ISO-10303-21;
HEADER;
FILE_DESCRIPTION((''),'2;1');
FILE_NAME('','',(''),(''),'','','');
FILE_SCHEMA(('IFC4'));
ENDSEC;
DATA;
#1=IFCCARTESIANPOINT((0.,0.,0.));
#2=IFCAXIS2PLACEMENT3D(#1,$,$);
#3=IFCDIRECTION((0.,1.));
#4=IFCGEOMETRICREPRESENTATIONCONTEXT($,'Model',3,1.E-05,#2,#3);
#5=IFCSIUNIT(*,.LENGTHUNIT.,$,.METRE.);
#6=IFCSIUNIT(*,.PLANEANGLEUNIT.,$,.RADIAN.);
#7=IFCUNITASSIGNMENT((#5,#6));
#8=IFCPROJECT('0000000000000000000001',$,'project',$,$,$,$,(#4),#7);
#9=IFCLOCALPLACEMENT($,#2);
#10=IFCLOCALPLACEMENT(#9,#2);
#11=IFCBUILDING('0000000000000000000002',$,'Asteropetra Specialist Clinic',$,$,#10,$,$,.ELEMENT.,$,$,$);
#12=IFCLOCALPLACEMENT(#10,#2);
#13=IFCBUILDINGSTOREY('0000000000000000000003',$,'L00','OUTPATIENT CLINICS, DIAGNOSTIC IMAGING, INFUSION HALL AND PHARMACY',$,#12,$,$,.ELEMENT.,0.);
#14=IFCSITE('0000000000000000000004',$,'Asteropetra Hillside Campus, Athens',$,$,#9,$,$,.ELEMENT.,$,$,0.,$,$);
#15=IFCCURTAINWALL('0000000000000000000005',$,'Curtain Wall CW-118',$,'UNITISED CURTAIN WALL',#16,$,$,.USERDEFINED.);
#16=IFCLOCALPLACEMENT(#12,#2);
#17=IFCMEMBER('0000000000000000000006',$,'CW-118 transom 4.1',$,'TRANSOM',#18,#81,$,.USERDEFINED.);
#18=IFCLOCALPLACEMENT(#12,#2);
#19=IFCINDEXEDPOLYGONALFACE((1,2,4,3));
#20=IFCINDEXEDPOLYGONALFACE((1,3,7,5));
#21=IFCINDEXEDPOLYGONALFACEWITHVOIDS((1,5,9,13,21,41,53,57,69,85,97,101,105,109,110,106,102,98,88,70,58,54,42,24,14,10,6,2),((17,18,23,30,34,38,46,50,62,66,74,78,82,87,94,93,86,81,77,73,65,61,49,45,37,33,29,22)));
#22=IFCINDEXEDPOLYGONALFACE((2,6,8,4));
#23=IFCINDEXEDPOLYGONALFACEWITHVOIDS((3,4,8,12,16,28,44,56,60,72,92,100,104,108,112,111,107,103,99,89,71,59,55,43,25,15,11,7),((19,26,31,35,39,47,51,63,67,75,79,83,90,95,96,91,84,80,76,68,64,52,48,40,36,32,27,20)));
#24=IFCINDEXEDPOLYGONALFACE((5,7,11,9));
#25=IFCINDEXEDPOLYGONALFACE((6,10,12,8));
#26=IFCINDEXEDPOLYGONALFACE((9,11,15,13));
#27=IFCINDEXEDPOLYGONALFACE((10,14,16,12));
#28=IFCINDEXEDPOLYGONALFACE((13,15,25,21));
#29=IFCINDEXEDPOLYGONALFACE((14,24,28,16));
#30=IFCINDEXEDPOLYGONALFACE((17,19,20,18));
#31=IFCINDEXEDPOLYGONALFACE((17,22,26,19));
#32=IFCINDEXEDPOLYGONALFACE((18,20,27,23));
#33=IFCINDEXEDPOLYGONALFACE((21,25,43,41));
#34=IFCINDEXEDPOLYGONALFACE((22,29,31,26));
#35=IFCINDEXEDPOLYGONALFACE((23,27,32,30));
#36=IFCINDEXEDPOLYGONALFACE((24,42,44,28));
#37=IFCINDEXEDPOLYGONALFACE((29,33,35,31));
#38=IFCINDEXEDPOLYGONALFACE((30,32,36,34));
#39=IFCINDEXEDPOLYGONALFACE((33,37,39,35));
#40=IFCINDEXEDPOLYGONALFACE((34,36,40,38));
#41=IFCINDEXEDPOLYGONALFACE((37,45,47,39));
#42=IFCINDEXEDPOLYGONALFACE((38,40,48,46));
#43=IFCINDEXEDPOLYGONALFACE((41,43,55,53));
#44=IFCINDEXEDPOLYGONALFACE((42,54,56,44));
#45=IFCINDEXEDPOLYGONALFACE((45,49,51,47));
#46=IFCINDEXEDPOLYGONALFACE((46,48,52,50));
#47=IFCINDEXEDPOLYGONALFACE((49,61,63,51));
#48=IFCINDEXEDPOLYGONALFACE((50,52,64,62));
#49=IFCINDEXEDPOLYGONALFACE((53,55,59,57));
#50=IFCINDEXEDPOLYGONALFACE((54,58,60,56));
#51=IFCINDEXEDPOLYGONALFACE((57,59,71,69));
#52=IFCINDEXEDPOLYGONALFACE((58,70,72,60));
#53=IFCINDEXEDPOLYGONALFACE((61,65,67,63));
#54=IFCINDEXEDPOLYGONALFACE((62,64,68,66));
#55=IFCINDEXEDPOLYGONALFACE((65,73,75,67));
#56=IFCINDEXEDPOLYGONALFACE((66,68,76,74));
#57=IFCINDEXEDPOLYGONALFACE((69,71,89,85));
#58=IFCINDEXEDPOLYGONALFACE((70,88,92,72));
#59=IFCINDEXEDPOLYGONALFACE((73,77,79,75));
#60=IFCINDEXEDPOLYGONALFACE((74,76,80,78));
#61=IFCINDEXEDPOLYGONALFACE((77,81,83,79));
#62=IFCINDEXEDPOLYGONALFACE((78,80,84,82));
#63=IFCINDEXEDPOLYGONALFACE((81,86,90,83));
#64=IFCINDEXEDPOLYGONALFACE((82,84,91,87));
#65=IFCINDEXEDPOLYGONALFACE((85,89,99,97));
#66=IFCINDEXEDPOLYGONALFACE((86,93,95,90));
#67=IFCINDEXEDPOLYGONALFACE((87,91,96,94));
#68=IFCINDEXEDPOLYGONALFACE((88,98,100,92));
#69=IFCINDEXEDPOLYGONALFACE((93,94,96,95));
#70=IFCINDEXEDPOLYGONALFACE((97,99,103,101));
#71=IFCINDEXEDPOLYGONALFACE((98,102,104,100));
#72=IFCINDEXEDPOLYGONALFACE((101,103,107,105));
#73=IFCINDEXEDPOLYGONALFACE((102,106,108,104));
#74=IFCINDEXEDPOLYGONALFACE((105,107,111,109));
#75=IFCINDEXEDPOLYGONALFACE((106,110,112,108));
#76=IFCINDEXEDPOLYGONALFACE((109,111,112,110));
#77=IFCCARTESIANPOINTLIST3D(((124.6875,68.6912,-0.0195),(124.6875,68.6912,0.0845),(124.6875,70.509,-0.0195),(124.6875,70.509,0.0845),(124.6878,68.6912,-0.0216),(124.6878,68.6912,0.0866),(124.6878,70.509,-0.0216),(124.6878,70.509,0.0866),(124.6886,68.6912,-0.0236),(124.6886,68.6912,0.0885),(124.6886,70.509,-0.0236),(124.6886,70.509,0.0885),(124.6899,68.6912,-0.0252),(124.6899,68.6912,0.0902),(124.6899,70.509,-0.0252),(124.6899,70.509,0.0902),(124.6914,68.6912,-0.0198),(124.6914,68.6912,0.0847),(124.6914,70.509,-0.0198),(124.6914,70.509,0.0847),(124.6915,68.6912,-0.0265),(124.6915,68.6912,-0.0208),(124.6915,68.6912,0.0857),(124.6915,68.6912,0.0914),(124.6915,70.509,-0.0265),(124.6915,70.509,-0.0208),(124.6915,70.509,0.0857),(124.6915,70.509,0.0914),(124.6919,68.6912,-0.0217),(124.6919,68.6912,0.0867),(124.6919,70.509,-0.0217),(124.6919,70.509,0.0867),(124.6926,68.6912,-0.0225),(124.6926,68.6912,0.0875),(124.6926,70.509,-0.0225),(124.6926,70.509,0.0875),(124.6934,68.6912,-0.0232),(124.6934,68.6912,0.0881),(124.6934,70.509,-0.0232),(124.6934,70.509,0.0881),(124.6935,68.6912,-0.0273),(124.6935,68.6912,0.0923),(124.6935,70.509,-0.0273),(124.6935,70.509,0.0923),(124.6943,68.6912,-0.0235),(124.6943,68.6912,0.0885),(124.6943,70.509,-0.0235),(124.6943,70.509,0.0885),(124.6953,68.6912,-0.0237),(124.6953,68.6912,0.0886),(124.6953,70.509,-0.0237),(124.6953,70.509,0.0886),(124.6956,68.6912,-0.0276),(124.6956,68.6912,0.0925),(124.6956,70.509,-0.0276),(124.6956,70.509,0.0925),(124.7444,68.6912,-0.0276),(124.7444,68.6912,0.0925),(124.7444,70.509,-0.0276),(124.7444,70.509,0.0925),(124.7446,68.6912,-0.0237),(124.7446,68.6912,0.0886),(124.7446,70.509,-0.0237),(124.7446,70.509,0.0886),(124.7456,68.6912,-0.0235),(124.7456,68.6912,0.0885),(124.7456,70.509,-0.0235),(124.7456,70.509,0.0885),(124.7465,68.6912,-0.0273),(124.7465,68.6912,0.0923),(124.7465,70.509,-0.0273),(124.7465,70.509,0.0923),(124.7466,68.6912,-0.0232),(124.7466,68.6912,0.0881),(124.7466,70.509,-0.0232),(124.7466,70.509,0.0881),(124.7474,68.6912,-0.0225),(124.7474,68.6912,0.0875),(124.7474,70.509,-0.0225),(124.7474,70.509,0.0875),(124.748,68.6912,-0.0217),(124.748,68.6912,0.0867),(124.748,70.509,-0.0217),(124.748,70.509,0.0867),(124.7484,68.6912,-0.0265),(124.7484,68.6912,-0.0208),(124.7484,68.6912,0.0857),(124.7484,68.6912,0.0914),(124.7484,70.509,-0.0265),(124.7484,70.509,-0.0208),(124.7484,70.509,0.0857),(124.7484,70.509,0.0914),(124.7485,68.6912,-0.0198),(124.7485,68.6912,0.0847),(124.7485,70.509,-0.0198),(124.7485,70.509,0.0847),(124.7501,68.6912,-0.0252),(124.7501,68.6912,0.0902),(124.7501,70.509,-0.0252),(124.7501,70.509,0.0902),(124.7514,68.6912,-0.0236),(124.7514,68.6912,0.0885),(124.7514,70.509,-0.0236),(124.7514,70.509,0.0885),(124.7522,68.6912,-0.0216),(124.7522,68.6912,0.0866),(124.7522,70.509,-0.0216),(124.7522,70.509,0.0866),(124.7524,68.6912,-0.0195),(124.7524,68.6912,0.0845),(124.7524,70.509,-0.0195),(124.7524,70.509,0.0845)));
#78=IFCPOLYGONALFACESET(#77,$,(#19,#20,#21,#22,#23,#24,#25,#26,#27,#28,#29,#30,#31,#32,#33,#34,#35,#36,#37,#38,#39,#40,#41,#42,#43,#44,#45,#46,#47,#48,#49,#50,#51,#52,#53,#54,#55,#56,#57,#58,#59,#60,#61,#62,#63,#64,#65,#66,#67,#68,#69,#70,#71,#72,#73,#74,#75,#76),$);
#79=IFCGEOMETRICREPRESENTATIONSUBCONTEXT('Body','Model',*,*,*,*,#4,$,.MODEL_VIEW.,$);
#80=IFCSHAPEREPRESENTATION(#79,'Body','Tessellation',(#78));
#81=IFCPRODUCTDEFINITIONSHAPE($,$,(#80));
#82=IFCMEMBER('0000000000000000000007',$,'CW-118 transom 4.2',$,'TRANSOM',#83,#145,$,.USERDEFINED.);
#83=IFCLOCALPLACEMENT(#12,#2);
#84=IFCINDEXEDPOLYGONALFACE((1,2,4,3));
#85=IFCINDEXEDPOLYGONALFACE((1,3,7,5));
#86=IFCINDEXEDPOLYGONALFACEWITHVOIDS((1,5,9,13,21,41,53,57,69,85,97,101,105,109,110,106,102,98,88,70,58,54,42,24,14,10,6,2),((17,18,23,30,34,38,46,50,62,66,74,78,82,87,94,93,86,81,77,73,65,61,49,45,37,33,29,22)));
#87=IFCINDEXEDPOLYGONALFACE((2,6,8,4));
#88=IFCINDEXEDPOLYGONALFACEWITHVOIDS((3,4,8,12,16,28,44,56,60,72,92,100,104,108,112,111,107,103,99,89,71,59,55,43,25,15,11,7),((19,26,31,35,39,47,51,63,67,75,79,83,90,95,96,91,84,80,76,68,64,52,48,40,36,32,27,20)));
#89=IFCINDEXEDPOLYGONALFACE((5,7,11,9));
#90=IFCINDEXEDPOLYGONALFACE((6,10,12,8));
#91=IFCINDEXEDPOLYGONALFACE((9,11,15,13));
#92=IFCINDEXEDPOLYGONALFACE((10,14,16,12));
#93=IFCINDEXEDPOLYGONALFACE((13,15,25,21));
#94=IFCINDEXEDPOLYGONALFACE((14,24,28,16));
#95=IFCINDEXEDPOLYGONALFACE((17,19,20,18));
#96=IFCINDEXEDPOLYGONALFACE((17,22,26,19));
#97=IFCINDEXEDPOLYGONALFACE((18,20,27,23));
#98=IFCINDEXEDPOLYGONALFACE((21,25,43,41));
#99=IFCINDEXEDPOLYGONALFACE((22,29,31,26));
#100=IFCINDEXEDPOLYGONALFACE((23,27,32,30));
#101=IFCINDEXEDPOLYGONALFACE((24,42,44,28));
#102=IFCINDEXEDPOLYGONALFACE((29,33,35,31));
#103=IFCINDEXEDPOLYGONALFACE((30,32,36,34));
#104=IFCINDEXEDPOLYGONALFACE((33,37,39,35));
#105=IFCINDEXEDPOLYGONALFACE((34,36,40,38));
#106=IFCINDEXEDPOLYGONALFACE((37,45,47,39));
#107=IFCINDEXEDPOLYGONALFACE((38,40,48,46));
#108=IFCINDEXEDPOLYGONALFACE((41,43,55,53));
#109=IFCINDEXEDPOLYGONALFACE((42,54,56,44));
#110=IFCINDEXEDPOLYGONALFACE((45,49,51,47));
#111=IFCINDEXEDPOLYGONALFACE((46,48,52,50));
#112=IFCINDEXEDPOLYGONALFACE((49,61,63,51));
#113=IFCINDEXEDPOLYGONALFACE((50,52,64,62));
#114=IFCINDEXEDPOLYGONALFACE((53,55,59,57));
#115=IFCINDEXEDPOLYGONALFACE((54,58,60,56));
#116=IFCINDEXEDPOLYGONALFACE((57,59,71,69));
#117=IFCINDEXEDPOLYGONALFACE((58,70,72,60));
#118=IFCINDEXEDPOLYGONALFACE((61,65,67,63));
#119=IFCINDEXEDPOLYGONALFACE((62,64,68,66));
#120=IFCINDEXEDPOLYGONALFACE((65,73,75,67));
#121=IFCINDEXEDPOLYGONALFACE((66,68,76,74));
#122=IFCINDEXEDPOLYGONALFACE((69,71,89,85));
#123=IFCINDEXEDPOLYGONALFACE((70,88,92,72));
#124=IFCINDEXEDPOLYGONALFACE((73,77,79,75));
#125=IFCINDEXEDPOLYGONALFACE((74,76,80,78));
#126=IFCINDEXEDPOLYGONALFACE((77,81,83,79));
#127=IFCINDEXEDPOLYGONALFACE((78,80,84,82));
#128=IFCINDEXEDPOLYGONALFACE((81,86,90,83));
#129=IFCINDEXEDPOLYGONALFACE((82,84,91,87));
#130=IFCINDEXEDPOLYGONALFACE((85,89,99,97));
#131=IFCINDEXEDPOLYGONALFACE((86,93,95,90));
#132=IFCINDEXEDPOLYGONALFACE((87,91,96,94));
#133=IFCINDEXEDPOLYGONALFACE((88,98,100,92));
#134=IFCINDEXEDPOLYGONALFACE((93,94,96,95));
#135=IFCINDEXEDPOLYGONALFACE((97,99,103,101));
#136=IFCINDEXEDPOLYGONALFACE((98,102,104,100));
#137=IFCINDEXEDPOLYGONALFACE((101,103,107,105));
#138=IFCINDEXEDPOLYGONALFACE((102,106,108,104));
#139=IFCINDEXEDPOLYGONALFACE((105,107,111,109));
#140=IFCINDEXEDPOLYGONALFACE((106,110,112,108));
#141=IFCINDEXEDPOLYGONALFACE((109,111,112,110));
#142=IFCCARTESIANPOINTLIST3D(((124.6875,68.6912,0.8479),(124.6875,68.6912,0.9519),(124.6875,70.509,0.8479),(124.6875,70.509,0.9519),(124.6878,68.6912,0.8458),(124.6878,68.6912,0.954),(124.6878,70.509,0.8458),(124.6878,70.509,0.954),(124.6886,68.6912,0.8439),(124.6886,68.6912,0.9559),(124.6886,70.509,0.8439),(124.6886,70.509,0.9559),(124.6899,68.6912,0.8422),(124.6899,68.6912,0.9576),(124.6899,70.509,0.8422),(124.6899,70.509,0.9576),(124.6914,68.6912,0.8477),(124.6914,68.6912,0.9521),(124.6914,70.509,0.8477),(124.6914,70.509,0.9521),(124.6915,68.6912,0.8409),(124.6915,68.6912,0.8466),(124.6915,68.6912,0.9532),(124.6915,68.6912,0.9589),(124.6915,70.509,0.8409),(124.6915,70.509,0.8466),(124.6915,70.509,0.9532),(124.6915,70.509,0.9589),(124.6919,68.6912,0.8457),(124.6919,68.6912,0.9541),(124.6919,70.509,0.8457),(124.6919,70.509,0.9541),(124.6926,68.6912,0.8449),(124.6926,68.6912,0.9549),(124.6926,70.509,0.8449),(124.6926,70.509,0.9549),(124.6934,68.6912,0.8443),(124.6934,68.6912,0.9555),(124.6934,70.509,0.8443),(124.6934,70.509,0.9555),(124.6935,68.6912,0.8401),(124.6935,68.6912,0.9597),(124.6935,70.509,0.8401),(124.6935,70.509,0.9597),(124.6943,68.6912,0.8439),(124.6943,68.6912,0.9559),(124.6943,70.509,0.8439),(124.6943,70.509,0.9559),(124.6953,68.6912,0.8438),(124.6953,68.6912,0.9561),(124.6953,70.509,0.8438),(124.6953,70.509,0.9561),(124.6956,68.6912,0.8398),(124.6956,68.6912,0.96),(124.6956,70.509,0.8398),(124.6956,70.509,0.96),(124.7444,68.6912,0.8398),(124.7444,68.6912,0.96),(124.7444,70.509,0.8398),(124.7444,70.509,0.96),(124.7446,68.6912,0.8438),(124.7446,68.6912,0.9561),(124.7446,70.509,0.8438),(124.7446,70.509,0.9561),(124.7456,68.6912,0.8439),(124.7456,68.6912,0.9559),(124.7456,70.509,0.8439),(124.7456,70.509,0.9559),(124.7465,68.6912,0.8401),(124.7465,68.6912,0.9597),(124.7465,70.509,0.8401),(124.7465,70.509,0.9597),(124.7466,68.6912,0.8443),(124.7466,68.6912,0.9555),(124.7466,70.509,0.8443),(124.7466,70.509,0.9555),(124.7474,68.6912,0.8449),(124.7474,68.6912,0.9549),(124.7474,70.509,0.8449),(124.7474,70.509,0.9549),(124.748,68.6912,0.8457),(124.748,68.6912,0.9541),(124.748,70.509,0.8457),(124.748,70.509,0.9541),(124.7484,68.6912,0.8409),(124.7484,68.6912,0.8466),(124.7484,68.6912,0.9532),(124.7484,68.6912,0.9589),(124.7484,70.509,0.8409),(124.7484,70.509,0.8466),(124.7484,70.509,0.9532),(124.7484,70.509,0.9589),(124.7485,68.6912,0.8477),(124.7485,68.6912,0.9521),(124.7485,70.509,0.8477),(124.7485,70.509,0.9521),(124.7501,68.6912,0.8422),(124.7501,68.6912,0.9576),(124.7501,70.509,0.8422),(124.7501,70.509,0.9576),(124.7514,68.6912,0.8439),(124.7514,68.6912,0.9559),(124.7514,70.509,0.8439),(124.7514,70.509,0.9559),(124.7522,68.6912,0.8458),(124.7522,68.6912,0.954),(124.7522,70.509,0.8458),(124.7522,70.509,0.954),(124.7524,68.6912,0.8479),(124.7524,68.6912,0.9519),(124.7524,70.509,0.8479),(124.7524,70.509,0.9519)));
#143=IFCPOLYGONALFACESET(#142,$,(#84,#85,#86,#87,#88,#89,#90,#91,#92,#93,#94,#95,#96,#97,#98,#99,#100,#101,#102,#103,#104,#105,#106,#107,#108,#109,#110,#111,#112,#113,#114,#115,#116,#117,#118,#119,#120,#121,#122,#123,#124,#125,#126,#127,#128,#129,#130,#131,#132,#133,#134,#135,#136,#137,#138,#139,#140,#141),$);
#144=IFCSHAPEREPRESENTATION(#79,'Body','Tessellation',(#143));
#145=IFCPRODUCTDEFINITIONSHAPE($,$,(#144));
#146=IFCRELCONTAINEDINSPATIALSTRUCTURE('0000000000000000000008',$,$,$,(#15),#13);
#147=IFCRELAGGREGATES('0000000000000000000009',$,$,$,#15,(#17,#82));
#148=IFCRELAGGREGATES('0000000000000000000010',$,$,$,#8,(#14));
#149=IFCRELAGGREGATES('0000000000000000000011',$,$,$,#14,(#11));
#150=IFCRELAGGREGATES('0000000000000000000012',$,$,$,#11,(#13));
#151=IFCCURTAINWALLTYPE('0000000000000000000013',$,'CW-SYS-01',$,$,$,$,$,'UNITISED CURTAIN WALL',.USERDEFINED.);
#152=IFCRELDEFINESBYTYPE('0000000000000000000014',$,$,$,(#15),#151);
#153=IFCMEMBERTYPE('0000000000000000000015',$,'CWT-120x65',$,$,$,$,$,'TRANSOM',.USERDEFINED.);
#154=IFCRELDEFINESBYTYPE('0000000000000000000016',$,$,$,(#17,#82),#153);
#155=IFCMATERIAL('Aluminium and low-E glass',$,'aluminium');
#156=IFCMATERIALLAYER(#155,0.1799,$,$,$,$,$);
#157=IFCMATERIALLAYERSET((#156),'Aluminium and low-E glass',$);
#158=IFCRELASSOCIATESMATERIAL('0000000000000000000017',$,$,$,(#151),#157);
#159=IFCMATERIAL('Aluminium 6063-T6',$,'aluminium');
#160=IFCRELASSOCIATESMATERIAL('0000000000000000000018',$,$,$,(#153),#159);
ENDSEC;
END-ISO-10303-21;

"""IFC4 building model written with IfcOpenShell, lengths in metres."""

from ifc_helpers import new_model, si_unit, direction, frame, origin, origin_2d, place, context, subcontext, project, spatial, hollow_rectangle, extrude, material, layer, layer_set, material_profile, profile_set, type_object, element, aggregate, save


model = new_model("IFC4")

# Units and contexts
model_context = context("Model", 3, precision=1e-05, world=origin(), true_north=direction((0.0, 1.0)))
body_context = subcontext(model_context, "Body", "Model", "MODEL_VIEW")
ifc_project = project(units=[si_unit("LENGTHUNIT", "METRE"), si_unit("PLANEANGLEUNIT", "RADIAN")], contexts=[model_context])

# Site, building, storey
site_placement = place(None, origin())
site = spatial("IfcSite", under=ifc_project, at=site_placement, Name="Asteropetra Hillside Campus, Athens", CompositionType="ELEMENT", RefElevation=0.0)
building_placement = place(site_placement, origin())
building = spatial("IfcBuilding", under=site, at=building_placement, Name="Asteropetra Specialist Clinic", CompositionType="ELEMENT")
storey_placement = place(building_placement, origin())
storey = spatial("IfcBuildingStorey", under=building, at=storey_placement, Name="L00", Description="OUTPATIENT CLINICS, DIAGNOSTIC IMAGING, INFUSION HALL AND PHARMACY", CompositionType="ELEMENT", Elevation=0.0)

# Curtain wall, members
ifc_material_1 = material(Name="Aluminium and low-E glass", Category="aluminium")
ifc_layer_1 = layer(ifc_material_1, 0.1799)
ifc_layer_set_1 = layer_set([ifc_layer_1], Name="Aluminium and low-E glass")
curtain_wall_type = type_object("IfcCurtainWallType", Name="CW-SYS-01", ElementType="UNITISED CURTAIN WALL", PredefinedType="USERDEFINED", material=ifc_layer_set_1)
curtain_wall_placement = place(storey_placement, origin())
curtain_wall = element("IfcCurtainWall", 1, at=curtain_wall_placement, inside=storey, type_object=curtain_wall_type, Name="Curtain Wall CW-118", ObjectType="UNITISED CURTAIN WALL", PredefinedType="USERDEFINED")
ifc_material_2 = material(Name="Aluminium 6063-T6", Category="aluminium")
ifc_material_profile_1 = material_profile(ifc_material_2, hollow_rectangle(XDim=0.0649, YDim=0.1201, WallThickness=0.0039, InnerFilletRadius=0.0039, OuterFilletRadius=0.0081, at=origin_2d()), Name="TRN 120x65x4.0")
ifc_profile_set_1 = profile_set([ifc_material_profile_1], Name="Aluminium 6063-T6")
member_type_1 = type_object("IfcMemberType", Name="CWT-120x65", ElementType="TRANSOM", PredefinedType="USERDEFINED", material=ifc_profile_set_1)
member_1_placement = place(storey_placement, frame((124.72, 70.509, 0.0325), z_axis=(0.0, -1.0, 0.0), x_axis=(1.0, 0.0, 0.0)))
member_1 = element("IfcMember", 2, at=member_1_placement, type_object=member_type_1, Name="CW-118 transom 4.1", ObjectType="TRANSOM", PredefinedType="USERDEFINED", context=body_context, shape_type="SweptSolid", body=[
    extrude(hollow_rectangle(XDim=0.0649, YDim=0.1201, WallThickness=0.0039, InnerFilletRadius=0.0039, OuterFilletRadius=0.0081, at=origin_2d()), origin(), (0.0, 0.0, 1.0), 1.8179),
])
member_2_placement = place(storey_placement, frame((124.72, 70.509, 0.8999), z_axis=(0.0, -1.0, 0.0), x_axis=(1.0, 0.0, 0.0)))
member_2 = element("IfcMember", 3, at=member_2_placement, type_object=member_type_1, Name="CW-118 transom 4.2", ObjectType="TRANSOM", PredefinedType="USERDEFINED", context=body_context, shape_type="SweptSolid", body=[
    extrude(hollow_rectangle(XDim=0.0649, YDim=0.1201, WallThickness=0.0039, InnerFilletRadius=0.0039, OuterFilletRadius=0.0081, at=origin_2d()), origin(), (0.0, 0.0, 1.0), 1.8179),
])
aggregate(curtain_wall, [member_1, member_2])

save(model, "model.ifc")
